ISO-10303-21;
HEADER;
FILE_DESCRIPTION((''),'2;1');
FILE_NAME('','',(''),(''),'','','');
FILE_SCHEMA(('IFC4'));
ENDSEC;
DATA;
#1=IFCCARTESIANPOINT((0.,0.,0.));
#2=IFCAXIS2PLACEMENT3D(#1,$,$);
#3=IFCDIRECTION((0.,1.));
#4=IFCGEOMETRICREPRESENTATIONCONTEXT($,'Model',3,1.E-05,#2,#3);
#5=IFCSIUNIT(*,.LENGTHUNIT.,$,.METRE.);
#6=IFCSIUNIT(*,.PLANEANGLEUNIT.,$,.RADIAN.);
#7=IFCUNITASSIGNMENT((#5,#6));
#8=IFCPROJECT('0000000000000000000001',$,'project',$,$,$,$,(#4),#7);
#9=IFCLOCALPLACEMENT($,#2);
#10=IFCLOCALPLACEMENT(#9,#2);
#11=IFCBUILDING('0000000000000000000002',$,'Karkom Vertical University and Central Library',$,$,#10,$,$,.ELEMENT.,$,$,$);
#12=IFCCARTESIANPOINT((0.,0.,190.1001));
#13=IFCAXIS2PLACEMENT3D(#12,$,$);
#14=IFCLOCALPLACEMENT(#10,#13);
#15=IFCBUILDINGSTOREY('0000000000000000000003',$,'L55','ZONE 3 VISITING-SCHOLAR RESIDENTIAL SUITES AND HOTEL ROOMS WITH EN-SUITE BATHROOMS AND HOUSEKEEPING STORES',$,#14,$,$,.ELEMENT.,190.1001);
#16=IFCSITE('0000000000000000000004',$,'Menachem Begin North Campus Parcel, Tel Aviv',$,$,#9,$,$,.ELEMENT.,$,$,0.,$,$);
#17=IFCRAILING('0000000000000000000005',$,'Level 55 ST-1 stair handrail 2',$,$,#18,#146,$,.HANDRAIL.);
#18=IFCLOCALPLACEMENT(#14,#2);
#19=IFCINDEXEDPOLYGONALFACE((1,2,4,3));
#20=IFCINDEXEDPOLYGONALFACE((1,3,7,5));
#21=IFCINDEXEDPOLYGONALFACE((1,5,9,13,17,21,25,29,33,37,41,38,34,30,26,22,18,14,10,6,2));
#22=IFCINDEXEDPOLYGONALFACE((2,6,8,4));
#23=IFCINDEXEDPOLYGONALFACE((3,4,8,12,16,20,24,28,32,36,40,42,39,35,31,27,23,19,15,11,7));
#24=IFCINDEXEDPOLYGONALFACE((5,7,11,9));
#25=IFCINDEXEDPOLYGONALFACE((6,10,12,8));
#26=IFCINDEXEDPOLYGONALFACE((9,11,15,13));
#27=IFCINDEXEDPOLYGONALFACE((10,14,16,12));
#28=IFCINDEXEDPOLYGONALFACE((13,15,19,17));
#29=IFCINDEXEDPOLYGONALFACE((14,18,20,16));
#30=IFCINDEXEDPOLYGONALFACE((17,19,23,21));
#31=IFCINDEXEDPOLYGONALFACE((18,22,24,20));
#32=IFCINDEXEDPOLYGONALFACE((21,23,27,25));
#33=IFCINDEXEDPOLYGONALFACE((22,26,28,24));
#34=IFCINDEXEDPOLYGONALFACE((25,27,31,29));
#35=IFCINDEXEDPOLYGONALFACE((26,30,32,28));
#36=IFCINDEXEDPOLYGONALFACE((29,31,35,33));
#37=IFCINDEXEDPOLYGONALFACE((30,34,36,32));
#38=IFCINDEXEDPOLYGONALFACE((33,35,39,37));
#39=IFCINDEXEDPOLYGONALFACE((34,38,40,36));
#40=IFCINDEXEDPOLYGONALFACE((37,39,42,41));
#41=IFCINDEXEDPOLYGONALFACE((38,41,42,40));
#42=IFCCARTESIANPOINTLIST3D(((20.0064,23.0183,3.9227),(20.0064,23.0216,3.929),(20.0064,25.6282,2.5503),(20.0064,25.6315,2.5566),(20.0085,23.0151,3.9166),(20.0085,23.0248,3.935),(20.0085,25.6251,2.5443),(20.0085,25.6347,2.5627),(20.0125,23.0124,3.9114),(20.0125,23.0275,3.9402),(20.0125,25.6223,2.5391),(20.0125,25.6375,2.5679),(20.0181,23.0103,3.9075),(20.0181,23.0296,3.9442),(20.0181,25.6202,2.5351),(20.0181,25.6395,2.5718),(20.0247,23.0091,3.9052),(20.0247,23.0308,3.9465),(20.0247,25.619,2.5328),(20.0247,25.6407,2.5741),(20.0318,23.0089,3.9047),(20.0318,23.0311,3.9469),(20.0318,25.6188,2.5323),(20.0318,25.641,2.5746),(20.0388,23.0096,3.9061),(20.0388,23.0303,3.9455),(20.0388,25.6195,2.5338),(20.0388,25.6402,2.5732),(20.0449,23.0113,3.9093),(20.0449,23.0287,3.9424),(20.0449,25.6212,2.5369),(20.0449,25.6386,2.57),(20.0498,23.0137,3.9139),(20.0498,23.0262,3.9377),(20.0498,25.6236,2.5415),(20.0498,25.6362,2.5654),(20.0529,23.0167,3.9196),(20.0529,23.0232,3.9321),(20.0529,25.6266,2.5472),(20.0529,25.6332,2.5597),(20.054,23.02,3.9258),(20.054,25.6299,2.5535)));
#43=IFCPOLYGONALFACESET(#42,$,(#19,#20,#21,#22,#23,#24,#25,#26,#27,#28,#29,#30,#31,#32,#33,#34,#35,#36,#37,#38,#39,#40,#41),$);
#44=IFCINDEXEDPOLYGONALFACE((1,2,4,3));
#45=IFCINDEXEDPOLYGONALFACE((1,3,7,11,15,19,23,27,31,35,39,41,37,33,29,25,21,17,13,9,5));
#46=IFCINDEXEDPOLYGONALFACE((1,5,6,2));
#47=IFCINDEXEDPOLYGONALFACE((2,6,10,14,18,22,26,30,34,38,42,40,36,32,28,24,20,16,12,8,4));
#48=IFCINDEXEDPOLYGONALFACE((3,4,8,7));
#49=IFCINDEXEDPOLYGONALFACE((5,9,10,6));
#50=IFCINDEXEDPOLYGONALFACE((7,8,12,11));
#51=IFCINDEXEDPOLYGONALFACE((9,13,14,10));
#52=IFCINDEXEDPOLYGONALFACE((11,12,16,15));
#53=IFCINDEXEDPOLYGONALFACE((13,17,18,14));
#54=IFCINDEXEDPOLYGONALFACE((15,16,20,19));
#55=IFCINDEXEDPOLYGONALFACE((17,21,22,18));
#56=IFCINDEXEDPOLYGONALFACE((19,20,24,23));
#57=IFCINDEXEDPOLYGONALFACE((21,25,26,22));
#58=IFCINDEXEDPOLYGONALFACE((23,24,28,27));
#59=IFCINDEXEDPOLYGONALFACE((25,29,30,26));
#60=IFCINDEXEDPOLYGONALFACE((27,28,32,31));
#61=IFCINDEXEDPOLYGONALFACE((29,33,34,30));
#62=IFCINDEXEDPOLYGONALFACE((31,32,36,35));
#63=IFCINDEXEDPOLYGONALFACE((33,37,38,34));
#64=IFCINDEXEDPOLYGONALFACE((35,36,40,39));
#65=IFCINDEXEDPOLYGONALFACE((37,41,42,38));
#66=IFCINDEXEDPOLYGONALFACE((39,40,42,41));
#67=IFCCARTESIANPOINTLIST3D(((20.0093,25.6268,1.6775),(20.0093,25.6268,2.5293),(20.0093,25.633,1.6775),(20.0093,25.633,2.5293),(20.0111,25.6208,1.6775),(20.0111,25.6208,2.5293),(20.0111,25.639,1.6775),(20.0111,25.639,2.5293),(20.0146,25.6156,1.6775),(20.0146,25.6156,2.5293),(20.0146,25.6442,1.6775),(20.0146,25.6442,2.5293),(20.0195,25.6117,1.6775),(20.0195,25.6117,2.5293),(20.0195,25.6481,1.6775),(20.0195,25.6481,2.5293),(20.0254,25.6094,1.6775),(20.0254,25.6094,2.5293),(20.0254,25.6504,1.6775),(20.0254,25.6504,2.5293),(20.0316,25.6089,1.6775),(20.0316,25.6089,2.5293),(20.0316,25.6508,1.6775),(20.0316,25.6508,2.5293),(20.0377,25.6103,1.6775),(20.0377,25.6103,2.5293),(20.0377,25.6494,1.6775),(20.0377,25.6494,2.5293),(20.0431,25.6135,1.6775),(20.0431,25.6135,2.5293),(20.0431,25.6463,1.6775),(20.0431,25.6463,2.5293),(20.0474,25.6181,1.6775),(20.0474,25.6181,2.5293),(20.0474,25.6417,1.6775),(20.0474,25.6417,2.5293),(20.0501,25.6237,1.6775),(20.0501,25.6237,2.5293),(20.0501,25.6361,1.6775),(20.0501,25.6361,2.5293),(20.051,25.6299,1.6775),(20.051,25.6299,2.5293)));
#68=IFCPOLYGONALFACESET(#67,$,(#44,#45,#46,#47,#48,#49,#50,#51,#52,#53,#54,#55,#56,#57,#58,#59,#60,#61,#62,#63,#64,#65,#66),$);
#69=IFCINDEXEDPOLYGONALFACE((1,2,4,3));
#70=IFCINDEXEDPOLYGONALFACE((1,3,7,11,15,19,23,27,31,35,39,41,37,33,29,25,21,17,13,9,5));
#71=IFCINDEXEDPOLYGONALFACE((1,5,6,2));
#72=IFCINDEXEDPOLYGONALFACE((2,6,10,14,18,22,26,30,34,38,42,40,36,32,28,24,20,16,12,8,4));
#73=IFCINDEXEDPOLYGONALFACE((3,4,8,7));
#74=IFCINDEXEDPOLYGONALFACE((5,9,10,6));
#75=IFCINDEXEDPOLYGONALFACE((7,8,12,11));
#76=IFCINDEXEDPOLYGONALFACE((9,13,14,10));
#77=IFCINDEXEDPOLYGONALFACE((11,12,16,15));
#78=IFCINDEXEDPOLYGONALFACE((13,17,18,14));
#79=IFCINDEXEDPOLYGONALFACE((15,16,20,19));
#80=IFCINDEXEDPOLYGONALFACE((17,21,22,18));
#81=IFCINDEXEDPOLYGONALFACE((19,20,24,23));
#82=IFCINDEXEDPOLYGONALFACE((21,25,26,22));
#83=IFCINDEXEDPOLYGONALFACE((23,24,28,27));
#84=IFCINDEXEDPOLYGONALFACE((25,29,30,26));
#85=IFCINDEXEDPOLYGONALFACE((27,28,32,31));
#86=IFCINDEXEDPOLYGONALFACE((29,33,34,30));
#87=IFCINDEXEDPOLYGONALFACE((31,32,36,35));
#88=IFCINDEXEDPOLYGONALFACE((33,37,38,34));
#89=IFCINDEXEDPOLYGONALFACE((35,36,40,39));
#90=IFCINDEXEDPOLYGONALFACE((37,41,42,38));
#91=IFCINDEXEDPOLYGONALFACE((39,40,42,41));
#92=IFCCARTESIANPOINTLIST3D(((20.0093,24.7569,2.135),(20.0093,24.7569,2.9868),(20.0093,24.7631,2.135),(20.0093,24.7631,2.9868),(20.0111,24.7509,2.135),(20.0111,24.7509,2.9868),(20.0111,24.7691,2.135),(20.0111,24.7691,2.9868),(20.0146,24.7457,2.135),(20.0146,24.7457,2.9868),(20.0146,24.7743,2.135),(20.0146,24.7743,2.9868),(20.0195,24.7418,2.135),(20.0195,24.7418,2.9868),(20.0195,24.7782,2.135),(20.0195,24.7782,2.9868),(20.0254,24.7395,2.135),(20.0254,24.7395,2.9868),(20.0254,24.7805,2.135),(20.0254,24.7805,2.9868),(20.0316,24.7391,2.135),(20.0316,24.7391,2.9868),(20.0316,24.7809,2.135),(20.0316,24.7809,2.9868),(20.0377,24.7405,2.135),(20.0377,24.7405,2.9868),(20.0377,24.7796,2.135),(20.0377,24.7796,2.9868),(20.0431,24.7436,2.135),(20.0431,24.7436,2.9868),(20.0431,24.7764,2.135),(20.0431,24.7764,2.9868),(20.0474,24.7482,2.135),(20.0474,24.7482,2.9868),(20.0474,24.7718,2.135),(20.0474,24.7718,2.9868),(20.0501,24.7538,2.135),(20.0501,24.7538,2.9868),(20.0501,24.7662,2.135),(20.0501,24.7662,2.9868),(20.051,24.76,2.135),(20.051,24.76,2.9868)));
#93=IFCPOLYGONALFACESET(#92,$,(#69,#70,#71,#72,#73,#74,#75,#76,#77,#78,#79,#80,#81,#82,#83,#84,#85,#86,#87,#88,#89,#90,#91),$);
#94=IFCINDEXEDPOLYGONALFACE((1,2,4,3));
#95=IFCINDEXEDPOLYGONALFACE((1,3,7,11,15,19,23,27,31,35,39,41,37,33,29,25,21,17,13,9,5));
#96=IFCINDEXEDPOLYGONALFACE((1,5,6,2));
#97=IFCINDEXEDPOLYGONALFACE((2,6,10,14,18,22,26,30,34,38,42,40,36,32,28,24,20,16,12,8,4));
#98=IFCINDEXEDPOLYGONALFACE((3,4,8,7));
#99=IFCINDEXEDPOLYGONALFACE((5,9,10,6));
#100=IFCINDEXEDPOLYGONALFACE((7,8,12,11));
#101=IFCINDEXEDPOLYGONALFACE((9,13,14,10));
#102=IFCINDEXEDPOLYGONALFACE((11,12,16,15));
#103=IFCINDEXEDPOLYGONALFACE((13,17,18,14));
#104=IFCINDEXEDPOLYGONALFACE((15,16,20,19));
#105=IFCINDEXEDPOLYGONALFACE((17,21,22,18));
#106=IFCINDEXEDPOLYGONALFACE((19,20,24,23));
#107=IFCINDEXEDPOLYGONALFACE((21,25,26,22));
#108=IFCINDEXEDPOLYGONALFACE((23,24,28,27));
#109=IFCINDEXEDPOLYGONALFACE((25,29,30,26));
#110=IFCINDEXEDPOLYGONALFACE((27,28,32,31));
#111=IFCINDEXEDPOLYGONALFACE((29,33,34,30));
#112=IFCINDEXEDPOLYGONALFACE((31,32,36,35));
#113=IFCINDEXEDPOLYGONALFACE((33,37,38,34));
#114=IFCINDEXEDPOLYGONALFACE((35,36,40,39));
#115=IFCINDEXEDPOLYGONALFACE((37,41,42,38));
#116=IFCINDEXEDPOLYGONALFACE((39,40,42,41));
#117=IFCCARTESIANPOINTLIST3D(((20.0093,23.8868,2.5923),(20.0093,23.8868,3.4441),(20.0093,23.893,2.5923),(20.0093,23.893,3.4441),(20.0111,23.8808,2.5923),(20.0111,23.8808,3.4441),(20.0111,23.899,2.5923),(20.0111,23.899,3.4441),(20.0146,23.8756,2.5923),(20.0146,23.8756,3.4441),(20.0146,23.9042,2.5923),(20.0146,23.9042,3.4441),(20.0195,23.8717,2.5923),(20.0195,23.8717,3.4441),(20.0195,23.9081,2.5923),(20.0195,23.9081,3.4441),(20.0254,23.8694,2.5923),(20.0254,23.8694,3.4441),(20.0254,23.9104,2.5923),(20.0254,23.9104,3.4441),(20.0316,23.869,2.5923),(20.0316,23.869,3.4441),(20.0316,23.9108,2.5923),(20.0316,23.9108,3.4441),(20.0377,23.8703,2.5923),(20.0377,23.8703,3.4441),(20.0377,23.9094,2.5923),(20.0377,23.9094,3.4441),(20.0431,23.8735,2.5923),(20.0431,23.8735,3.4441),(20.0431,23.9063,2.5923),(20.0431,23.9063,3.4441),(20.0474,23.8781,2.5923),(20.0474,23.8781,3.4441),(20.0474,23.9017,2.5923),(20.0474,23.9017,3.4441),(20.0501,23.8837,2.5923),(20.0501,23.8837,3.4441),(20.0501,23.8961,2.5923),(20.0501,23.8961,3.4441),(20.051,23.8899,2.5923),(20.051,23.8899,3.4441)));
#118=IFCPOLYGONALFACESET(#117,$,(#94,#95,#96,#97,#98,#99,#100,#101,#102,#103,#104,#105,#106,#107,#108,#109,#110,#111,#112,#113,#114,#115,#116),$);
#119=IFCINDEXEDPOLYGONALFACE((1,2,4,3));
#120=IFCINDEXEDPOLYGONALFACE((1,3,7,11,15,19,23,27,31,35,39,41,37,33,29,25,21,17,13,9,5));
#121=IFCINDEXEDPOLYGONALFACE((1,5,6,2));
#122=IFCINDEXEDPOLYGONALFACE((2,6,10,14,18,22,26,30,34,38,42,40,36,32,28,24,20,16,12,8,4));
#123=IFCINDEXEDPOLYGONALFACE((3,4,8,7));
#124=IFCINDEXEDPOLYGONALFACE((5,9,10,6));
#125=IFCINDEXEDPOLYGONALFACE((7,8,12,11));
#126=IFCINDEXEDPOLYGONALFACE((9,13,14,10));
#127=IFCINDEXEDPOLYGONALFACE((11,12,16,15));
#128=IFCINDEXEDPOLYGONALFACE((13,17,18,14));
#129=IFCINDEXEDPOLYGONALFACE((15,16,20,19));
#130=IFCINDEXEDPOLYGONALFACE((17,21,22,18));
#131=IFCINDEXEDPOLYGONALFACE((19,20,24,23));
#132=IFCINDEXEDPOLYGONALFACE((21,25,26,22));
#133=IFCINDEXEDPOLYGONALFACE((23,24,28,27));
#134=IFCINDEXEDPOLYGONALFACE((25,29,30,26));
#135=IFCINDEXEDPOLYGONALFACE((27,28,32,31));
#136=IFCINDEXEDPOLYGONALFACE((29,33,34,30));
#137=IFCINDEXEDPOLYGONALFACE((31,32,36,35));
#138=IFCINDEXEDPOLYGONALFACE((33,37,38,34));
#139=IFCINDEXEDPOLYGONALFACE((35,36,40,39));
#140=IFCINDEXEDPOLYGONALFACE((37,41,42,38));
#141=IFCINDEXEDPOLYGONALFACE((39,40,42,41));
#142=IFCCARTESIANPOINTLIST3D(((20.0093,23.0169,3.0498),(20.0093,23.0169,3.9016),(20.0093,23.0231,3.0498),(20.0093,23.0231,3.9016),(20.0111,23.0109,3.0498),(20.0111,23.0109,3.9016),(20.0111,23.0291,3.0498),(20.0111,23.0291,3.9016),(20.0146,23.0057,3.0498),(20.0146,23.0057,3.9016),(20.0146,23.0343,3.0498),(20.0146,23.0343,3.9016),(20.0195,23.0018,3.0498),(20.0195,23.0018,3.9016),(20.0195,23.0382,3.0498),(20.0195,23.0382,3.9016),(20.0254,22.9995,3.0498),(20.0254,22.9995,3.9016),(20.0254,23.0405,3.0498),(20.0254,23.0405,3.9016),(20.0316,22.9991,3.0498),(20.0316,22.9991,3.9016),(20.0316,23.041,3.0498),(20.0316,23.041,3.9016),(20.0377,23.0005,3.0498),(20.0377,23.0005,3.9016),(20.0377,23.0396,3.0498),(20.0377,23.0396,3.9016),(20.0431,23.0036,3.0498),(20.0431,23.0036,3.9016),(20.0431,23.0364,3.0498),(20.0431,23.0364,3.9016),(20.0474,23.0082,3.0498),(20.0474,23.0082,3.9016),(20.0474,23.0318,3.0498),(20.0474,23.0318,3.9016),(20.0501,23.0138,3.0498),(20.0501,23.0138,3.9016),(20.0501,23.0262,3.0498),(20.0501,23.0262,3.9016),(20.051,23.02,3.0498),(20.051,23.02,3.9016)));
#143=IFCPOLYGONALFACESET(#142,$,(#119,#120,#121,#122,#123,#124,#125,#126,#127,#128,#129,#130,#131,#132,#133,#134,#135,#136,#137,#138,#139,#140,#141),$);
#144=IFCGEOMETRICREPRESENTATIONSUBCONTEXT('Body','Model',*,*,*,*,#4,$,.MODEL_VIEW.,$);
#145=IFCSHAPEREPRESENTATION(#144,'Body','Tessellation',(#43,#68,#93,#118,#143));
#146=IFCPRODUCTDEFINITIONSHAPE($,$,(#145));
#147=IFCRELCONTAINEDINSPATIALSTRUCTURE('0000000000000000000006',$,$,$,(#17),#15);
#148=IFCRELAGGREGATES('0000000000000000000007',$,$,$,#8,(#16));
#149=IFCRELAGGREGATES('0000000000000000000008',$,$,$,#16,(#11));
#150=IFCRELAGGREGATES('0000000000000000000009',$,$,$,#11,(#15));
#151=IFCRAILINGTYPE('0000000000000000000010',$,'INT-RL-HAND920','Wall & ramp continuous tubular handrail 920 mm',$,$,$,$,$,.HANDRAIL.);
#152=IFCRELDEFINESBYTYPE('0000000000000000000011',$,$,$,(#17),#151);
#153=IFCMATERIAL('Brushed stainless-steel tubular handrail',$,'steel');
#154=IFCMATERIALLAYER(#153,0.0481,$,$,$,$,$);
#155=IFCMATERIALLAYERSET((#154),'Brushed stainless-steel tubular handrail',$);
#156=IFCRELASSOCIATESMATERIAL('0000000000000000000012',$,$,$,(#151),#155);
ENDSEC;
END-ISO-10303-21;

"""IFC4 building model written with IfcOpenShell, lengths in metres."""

from ifc_helpers import new_model, si_unit, direction, frame, origin, origin_2d, place, context, subcontext, project, spatial, circle, extrude, material, layer, layer_set, type_object, element, save


model = new_model("IFC4")

# Units and contexts
model_context = context("Model", 3, precision=1e-05, world=origin(), true_north=direction((0.0, 1.0)))
body_context = subcontext(model_context, "Body", "Model", "MODEL_VIEW")
ifc_project = project(units=[si_unit("LENGTHUNIT", "METRE"), si_unit("PLANEANGLEUNIT", "RADIAN")], contexts=[model_context])

# Site, building, storey
site_placement = place(None, origin())
site = spatial("IfcSite", under=ifc_project, at=site_placement, Name="Menachem Begin North Campus Parcel, Tel Aviv", CompositionType="ELEMENT", RefElevation=0.0)
building_placement = place(site_placement, origin())
building = spatial("IfcBuilding", under=site, at=building_placement, Name="Karkom Vertical University and Central Library", CompositionType="ELEMENT")
storey_placement = place(building_placement, frame((0.0, 0.0, 190.1001)))
storey = spatial("IfcBuildingStorey", under=building, at=storey_placement, Name="L55", Description="ZONE 3 VISITING-SCHOLAR RESIDENTIAL SUITES AND HOTEL ROOMS WITH EN-SUITE BATHROOMS AND HOUSEKEEPING STORES", CompositionType="ELEMENT", Elevation=190.1001)

# Railing
ifc_material_1 = material(Name="Brushed stainless-steel tubular handrail", Category="steel")
ifc_layer_1 = layer(ifc_material_1, 0.0481)
ifc_layer_set_1 = layer_set([ifc_layer_1], Name="Brushed stainless-steel tubular handrail")
railing_type_1 = type_object("IfcRailingType", Name="INT-RL-HAND920", Description="Wall & ramp continuous tubular handrail 920 mm", PredefinedType="HANDRAIL", material=ifc_layer_set_1)
railing_1_placement = place(storey_placement, frame((20.03, 25.6299, 1.6775)))
element("IfcRailing", 1, at=railing_1_placement, inside=storey, type_object=railing_type_1, Name="Level 55 ST-1 stair handrail 2", PredefinedType="HANDRAIL", context=body_context, shape_type="SweptSolid", body=[
    extrude(circle(Radius=0.0239, at=origin_2d()), frame((0.0, 0.0, 0.876), z_axis=(0.0, -0.8851, 0.465402), x_axis=(1.0, 0.0, 0.0)), (0.0, 0.0, 1.0), 2.9487),
    extrude(circle(Radius=0.021, at=origin_2d()), origin(), (0.0, 0.0, 1.0), 0.8518),
    extrude(circle(Radius=0.021, at=origin_2d()), frame((0.0, -0.8699, 0.4575)), (0.0, 0.0, 1.0), 0.8518),
    extrude(circle(Radius=0.021, at=origin_2d()), frame((0.0, -1.74, 0.9148)), (0.0, 0.0, 1.0), 0.8518),
    extrude(circle(Radius=0.021, at=origin_2d()), frame((0.0, -2.6099, 1.3723)), (0.0, 0.0, 1.0), 0.8518),
])

save(model, "model.ifc")
